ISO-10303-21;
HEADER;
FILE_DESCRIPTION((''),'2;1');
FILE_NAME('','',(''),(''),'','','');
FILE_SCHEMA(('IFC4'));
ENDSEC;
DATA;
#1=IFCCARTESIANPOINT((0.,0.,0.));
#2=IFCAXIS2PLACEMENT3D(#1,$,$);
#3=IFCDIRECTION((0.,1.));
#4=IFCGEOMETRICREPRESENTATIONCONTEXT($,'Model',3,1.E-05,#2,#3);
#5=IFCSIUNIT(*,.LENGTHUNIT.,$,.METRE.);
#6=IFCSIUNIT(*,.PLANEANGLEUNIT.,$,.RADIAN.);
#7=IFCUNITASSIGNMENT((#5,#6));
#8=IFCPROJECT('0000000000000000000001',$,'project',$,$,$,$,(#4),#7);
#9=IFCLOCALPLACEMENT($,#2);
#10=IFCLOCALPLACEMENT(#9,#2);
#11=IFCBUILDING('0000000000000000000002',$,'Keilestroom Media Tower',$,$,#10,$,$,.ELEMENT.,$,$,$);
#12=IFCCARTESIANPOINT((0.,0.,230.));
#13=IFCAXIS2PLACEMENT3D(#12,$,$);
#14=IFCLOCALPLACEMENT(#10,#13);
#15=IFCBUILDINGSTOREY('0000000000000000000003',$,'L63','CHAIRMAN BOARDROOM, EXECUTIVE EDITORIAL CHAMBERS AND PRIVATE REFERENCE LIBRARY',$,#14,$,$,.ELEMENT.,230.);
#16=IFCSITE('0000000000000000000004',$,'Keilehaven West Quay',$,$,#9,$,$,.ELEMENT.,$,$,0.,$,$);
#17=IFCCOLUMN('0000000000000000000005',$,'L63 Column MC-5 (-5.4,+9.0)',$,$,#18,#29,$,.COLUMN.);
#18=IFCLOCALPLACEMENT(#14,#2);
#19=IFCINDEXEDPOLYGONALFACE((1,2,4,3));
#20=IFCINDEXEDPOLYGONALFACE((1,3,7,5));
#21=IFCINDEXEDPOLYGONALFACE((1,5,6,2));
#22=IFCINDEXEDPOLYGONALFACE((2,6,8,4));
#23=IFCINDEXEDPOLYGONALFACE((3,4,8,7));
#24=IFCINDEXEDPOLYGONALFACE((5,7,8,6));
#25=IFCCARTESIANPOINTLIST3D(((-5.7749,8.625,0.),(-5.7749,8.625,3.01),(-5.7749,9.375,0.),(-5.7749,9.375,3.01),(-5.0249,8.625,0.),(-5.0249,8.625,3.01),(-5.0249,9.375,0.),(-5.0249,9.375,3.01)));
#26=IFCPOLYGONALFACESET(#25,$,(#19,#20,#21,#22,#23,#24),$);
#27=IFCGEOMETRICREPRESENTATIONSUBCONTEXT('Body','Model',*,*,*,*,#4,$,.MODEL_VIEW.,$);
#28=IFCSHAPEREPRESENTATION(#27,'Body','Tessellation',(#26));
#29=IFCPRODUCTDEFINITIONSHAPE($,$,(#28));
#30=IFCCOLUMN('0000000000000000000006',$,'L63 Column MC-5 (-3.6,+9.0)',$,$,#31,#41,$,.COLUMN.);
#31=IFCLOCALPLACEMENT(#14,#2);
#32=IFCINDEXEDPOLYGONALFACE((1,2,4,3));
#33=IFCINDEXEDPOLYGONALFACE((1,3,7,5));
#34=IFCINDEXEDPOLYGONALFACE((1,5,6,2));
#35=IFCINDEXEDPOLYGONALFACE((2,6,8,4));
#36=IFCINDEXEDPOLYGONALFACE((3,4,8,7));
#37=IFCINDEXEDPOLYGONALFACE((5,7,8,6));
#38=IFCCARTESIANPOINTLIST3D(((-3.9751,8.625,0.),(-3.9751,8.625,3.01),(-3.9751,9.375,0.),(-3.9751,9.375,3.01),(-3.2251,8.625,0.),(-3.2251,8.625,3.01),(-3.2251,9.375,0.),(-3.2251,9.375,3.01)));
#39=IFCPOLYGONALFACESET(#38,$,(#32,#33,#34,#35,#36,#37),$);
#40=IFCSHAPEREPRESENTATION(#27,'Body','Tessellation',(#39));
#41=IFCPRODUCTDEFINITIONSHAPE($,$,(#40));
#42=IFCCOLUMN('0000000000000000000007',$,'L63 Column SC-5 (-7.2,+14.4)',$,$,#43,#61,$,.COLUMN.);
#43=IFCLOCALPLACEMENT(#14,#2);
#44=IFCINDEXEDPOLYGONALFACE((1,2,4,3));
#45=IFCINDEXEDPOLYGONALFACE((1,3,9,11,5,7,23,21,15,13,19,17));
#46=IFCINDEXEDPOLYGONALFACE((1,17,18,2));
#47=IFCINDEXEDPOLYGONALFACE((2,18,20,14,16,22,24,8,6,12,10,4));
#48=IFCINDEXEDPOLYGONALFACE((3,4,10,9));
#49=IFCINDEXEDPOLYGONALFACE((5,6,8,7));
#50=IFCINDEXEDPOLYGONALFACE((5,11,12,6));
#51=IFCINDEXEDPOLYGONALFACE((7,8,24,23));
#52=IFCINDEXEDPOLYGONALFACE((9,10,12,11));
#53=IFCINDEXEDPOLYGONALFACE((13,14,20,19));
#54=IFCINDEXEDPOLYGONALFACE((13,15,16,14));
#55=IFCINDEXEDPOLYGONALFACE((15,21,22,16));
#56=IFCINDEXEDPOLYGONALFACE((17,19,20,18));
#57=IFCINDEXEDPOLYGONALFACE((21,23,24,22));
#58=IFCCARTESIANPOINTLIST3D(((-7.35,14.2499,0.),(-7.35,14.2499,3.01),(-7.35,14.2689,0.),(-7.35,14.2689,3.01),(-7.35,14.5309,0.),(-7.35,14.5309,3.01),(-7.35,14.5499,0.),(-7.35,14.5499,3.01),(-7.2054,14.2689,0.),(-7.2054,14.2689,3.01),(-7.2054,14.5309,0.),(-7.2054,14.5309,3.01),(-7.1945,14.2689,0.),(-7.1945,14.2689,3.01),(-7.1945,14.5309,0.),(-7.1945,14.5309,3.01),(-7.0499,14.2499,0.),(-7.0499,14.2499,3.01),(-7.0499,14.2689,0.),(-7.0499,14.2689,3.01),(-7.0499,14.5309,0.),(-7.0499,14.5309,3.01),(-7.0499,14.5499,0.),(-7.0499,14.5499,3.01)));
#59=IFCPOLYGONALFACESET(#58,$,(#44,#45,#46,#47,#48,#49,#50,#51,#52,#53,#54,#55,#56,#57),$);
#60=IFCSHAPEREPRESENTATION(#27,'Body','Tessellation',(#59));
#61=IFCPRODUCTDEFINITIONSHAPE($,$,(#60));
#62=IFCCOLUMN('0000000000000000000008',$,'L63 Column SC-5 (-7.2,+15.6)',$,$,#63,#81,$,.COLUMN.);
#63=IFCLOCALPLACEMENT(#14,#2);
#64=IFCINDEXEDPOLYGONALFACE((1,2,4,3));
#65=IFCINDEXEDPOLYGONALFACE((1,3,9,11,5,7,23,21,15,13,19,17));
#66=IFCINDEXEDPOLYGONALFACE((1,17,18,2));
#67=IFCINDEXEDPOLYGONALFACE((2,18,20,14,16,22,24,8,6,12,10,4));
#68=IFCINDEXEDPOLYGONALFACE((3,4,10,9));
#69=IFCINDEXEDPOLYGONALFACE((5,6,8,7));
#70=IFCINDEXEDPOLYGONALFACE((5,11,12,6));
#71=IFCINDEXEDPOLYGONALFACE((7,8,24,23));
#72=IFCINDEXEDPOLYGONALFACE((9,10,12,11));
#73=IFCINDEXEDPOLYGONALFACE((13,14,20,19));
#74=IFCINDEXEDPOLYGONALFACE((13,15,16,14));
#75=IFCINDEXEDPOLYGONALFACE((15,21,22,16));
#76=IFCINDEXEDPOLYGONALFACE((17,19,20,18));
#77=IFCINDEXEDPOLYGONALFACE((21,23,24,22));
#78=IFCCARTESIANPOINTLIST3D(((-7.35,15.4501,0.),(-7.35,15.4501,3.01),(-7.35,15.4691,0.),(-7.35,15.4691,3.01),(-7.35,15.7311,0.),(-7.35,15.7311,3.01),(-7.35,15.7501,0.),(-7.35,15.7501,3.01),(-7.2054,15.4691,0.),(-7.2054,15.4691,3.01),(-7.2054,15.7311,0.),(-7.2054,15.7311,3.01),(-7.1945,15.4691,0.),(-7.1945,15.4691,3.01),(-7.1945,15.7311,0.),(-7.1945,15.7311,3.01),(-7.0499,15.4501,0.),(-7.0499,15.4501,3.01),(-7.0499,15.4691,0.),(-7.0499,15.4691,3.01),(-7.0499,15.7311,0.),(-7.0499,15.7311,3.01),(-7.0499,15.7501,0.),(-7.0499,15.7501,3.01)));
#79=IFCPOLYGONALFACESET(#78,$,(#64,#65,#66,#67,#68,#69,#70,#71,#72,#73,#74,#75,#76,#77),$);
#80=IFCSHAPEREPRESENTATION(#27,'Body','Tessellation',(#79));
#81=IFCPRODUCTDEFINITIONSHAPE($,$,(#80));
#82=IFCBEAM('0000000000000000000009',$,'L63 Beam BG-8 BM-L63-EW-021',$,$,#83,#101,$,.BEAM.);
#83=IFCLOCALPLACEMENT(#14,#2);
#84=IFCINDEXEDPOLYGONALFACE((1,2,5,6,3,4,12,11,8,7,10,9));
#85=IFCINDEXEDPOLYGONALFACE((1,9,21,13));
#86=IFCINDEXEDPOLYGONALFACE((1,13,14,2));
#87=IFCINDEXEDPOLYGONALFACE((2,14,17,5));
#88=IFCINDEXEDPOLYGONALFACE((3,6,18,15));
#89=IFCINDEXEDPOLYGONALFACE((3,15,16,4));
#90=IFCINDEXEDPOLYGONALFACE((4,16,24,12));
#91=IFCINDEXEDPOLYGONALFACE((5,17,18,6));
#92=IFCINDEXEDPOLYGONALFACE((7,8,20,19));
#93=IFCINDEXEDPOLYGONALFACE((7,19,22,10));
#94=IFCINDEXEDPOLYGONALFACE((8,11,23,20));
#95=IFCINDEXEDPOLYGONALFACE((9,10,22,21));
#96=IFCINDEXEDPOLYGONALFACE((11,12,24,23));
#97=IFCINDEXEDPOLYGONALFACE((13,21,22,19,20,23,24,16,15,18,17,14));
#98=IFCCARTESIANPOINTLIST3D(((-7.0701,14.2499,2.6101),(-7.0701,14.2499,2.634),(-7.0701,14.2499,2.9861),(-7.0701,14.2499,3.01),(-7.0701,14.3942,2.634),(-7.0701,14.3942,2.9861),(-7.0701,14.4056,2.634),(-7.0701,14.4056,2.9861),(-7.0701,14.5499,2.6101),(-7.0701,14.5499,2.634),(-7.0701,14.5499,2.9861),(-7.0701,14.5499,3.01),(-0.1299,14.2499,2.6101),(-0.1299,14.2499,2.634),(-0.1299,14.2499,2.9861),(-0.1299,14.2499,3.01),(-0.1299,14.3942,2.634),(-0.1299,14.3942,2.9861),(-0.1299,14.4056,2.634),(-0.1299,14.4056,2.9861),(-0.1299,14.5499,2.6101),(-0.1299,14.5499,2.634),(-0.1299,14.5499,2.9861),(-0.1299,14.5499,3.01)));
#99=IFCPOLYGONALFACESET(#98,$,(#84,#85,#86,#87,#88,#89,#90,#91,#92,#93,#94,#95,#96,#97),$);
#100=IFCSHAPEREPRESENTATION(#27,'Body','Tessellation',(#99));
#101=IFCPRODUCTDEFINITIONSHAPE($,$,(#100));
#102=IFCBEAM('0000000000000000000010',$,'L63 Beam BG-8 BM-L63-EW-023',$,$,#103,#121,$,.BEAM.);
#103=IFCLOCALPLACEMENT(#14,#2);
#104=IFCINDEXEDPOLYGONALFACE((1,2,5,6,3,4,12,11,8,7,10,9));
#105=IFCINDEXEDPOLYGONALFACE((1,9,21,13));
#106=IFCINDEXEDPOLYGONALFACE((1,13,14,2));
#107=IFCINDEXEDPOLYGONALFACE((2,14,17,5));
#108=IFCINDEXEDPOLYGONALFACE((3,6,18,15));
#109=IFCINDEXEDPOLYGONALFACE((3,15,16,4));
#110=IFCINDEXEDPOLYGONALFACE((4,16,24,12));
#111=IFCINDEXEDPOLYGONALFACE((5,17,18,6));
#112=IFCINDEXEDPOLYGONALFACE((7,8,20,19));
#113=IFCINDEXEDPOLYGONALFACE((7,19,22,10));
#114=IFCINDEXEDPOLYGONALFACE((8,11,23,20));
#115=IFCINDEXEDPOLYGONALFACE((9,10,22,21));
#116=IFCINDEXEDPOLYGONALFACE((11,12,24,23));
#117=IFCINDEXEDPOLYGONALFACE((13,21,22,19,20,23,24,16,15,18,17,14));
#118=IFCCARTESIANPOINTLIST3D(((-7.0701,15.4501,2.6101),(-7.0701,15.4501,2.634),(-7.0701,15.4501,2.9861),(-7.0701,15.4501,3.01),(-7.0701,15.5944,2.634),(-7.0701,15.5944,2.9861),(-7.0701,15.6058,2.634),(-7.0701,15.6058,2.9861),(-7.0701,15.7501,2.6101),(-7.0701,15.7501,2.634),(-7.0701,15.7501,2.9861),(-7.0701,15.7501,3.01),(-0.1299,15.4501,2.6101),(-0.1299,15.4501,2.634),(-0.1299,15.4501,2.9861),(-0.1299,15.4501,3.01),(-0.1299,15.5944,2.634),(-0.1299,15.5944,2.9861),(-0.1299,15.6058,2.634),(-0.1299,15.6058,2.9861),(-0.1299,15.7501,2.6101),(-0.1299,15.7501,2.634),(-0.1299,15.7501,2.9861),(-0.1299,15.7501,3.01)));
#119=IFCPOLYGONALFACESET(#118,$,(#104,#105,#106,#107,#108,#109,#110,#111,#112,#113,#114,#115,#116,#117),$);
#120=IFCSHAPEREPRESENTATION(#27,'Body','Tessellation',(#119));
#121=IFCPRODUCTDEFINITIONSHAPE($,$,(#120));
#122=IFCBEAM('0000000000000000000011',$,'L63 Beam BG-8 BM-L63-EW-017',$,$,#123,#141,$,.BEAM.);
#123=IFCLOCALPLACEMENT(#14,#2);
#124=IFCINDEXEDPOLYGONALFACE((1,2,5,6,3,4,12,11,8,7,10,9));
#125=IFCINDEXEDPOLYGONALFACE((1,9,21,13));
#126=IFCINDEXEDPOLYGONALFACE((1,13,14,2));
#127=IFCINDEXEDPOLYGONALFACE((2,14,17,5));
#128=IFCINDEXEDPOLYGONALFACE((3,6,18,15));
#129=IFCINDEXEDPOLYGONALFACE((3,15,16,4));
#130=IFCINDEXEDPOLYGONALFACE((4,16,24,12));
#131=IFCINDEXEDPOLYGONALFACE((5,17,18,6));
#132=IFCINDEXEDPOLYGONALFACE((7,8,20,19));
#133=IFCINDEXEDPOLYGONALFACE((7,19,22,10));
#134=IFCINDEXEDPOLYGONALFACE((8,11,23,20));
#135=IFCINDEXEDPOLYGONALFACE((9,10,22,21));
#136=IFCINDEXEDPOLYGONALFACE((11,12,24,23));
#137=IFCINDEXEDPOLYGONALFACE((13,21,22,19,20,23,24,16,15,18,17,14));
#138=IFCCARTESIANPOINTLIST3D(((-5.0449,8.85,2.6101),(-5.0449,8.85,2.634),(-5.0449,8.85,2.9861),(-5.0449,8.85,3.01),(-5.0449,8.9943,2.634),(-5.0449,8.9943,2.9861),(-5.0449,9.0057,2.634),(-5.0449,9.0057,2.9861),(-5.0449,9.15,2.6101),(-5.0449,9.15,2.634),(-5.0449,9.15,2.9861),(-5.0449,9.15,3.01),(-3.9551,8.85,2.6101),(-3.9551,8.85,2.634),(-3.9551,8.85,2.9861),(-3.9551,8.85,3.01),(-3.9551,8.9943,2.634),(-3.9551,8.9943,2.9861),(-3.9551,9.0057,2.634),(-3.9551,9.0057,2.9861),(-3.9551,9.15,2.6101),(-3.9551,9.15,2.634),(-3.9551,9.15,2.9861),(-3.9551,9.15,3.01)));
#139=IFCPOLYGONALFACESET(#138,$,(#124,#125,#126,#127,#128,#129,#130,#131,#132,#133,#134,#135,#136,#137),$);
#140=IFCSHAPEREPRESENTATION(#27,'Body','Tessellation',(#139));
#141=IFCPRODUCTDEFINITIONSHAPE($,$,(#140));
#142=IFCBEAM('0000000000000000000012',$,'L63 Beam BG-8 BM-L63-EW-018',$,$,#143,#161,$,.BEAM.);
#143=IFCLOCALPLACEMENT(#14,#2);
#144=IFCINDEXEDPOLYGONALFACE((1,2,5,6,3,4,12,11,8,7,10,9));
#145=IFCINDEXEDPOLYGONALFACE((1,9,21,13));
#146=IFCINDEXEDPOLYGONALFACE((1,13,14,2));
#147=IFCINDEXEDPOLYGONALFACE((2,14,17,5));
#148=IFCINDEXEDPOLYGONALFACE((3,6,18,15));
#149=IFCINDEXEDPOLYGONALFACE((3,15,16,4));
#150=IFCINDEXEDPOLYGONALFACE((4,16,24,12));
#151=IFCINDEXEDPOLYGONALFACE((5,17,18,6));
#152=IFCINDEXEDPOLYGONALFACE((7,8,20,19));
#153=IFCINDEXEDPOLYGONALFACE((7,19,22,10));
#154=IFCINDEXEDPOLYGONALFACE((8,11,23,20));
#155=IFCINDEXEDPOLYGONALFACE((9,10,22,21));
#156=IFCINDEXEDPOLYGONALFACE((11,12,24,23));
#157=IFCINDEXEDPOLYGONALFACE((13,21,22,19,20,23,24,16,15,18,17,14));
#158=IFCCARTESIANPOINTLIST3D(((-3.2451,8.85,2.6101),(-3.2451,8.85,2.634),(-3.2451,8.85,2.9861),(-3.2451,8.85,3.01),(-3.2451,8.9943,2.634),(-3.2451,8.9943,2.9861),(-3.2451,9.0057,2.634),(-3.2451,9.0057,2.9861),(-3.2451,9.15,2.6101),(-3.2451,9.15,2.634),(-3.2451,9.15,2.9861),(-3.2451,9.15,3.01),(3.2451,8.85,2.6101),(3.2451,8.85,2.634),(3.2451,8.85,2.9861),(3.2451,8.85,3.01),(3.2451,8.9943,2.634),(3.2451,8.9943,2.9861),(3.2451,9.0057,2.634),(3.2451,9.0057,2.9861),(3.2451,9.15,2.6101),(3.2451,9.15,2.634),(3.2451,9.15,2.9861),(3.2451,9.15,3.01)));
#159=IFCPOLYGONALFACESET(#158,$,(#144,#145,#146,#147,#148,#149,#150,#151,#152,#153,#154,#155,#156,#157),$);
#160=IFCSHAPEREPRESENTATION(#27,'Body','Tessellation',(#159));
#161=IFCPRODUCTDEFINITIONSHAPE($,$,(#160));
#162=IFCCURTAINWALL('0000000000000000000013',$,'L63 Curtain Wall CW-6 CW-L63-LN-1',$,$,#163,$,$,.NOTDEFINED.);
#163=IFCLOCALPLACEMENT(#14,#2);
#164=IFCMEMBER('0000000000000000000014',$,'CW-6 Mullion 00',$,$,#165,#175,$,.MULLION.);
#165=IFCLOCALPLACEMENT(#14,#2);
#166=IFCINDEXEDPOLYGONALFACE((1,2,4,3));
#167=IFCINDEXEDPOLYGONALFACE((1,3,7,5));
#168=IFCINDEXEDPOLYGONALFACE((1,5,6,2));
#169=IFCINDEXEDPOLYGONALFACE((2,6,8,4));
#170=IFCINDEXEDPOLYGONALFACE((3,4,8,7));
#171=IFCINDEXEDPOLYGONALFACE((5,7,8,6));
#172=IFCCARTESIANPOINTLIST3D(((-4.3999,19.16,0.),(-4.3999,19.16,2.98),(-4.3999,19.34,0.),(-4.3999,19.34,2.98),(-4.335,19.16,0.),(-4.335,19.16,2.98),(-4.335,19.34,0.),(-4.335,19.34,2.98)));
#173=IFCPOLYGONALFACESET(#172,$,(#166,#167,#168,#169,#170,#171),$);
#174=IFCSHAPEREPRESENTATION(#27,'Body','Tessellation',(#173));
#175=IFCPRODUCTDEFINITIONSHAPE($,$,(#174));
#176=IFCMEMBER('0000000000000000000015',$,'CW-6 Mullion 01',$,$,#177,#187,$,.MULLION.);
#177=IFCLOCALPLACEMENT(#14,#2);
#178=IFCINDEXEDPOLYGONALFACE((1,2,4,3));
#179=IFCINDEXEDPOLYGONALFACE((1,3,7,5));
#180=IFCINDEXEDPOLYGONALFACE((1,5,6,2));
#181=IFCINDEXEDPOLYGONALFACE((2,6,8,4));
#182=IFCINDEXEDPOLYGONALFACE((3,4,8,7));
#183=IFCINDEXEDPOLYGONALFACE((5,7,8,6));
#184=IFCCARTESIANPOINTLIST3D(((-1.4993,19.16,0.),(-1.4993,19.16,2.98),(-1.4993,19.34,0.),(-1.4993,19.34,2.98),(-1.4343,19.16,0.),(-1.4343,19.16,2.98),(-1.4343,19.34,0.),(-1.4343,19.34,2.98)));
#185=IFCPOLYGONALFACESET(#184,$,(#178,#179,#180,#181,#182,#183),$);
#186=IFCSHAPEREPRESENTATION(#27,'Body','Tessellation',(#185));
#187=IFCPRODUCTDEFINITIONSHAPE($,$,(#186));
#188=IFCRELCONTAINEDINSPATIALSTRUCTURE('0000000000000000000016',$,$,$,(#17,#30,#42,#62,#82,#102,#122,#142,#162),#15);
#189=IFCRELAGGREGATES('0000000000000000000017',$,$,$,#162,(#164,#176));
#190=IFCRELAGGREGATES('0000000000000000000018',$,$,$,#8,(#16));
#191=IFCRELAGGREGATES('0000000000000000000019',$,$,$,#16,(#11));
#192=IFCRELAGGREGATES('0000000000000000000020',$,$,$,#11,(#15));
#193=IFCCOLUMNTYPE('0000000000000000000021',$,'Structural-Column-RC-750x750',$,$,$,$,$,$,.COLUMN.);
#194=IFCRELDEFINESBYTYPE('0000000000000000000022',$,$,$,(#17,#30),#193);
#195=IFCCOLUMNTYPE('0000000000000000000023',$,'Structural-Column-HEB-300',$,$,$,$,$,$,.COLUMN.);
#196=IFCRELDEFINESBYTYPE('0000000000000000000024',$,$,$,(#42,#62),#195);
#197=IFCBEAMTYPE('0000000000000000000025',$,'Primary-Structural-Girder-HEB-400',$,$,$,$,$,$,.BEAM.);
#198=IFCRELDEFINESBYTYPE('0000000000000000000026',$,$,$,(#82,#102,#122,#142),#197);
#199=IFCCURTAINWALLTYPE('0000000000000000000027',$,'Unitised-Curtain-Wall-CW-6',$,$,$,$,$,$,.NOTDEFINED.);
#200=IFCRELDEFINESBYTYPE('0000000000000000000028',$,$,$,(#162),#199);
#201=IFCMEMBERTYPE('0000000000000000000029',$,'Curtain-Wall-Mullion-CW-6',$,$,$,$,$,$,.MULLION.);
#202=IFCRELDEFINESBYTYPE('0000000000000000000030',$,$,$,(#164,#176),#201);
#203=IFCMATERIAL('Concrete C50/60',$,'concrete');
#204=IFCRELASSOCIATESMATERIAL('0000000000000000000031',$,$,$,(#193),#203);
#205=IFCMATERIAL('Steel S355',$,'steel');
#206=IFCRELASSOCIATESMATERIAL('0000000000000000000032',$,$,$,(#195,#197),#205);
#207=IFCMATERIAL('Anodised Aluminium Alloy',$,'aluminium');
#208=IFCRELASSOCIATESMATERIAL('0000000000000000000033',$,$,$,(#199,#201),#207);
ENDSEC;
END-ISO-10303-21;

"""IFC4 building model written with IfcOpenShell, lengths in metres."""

from ifc_helpers import new_model, si_unit, direction, frame, origin, origin_2d, place, context, subcontext, project, spatial, rectangle, i_section, extrude, source, transform, mapped, material, material_profile, profile_set, type_object, element, aggregate, save


model = new_model("IFC4")

# Units and contexts
model_context = context("Model", 3, precision=1e-05, world=origin(), true_north=direction((0.0, 1.0)))
body_context = subcontext(model_context, "Body", "Model", "MODEL_VIEW")
ifc_project = project(units=[si_unit("LENGTHUNIT", "METRE"), si_unit("PLANEANGLEUNIT", "RADIAN")], contexts=[model_context])

# Site, building, storey
site_placement = place(None, origin())
site = spatial("IfcSite", under=ifc_project, at=site_placement, Name="Keilehaven West Quay", CompositionType="ELEMENT", RefElevation=0.0)
building_placement = place(site_placement, origin())
building = spatial("IfcBuilding", under=site, at=building_placement, Name="Keilestroom Media Tower", CompositionType="ELEMENT")
storey_placement = place(building_placement, frame((0.0, 0.0, 230.0)))
storey = spatial("IfcBuildingStorey", under=building, at=storey_placement, Name="L63", Description="CHAIRMAN BOARDROOM, EXECUTIVE EDITORIAL CHAMBERS AND PRIVATE REFERENCE LIBRARY", CompositionType="ELEMENT", Elevation=230.0)

# Columns
ifc_material_1 = material(Name="Concrete C50/60", Category="concrete")
ifc_material_profile_1 = material_profile(ifc_material_1, rectangle(XDim=0.75, YDim=0.75, at=origin_2d()), Name="RC 750x750")
ifc_profile_set_1 = profile_set([ifc_material_profile_1], Name="Concrete C50/60")
column_type_1 = type_object("IfcColumnType", Name="Structural-Column-RC-750x750", PredefinedType="COLUMN", material=ifc_profile_set_1)
shared_shape_1 = source(origin(), body_context, "Body", "SweptSolid", [
    extrude(rectangle(XDim=0.75, YDim=0.75, at=origin_2d()), origin(), (0.0, 0.0, 1.0), 3.01),
])
for number, where, z_axis, x_axis, name in (
    (1, (-5.3999, 9.0, 0.0), (0.0, 0.0, 1.0), (1.0, 0.0, 0.0), "L63 Column MC-5 (-5.4,+9.0)"),
    (2, (-3.6001, 9.0, 0.0), (0.0, 0.0, 1.0), (1.0, 0.0, 0.0), "L63 Column MC-5 (-3.6,+9.0)"),
):
    element("IfcColumn", number, at=place(storey_placement, frame(where, z_axis=z_axis, x_axis=x_axis)), inside=storey, type_object=column_type_1, Name=name, PredefinedType="COLUMN", context=body_context, shape_type="MappedRepresentation", body=[
        mapped(shared_shape_1, transform((0.0, 0.0, 0.0), x_axis=(1.0, 0.0, 0.0), y_axis=(0.0, 1.0, 0.0), z_axis=(0.0, 0.0, 1.0), scale=1.0)),
    ])
ifc_material_2 = material(Name="Steel S355", Category="steel")
ifc_material_profile_2 = material_profile(ifc_material_2, i_section(OverallWidth=0.3, OverallDepth=0.3, WebThickness=0.011, FlangeThickness=0.019, at=origin_2d()), Name="HEB 300")
ifc_profile_set_2 = profile_set([ifc_material_profile_2], Name="Steel S355")
column_type_2 = type_object("IfcColumnType", Name="Structural-Column-HEB-300", PredefinedType="COLUMN", material=ifc_profile_set_2)
shared_shape_2 = source(origin(), body_context, "Body", "SweptSolid", [
    extrude(i_section(OverallWidth=0.3, OverallDepth=0.3, WebThickness=0.011, FlangeThickness=0.019, at=origin_2d()), origin(), (0.0, 0.0, 1.0), 3.01),
])
for number, where, z_axis, x_axis, name in (
    (3, (-7.2, 14.3999, 0.0), (0.0, 0.0, 1.0), (1.0, 0.0, 0.0), "L63 Column SC-5 (-7.2,+14.4)"),
    (4, (-7.2, 15.6001, 0.0), (0.0, 0.0, 1.0), (1.0, 0.0, 0.0), "L63 Column SC-5 (-7.2,+15.6)"),
):
    element("IfcColumn", number, at=place(storey_placement, frame(where, z_axis=z_axis, x_axis=x_axis)), inside=storey, type_object=column_type_2, Name=name, PredefinedType="COLUMN", context=body_context, shape_type="MappedRepresentation", body=[
        mapped(shared_shape_2, transform((0.0, 0.0, 0.0), x_axis=(1.0, 0.0, 0.0), y_axis=(0.0, 1.0, 0.0), z_axis=(0.0, 0.0, 1.0), scale=1.0)),
    ])

# Beams
ifc_material_profile_3 = material_profile(ifc_material_2, i_section(OverallWidth=0.3, OverallDepth=0.3999, WebThickness=0.0115, FlangeThickness=0.0239, at=origin_2d()), Name="HEB 400")
ifc_profile_set_3 = profile_set([ifc_material_profile_3], Name="Steel S355")
beam_type = type_object("IfcBeamType", Name="Primary-Structural-Girder-HEB-400", PredefinedType="BEAM", material=ifc_profile_set_3)
shared_shape_3 = source(origin(), body_context, "Body", "SweptSolid", [
    extrude(i_section(OverallWidth=0.3, OverallDepth=0.3999, WebThickness=0.0115, FlangeThickness=0.0239, at=origin_2d()), origin(), (0.0, 0.0, 1.0), 6.9402),
])
for number, where, z_axis, x_axis, name in (
    (5, (-7.0701, 14.3999, 2.8101), (1.0, 0.0, 0.0), (0.0, 1.0, 0.0), "L63 Beam BG-8 BM-L63-EW-021"),
    (6, (-7.0701, 15.6001, 2.8101), (1.0, 0.0, 0.0), (0.0, 1.0, 0.0), "L63 Beam BG-8 BM-L63-EW-023"),
):
    element("IfcBeam", number, at=place(storey_placement, frame(where, z_axis=z_axis, x_axis=x_axis)), inside=storey, type_object=beam_type, Name=name, PredefinedType="BEAM", context=body_context, shape_type="MappedRepresentation", body=[
        mapped(shared_shape_3, transform((0.0, 0.0, 0.0), x_axis=(1.0, 0.0, 0.0), y_axis=(0.0, 1.0, 0.0), z_axis=(0.0, 0.0, 1.0), scale=1.0)),
    ])
shared_shape_4 = source(origin(), body_context, "Body", "SweptSolid", [
    extrude(i_section(OverallWidth=0.3, OverallDepth=0.3999, WebThickness=0.0115, FlangeThickness=0.0239, at=origin_2d()), origin(), (0.0, 0.0, 1.0), 1.0898),
])
beam_1_placement = place(storey_placement, frame((-5.0449, 9.0, 2.8101), z_axis=(1.0, 0.0, 0.0), x_axis=(0.0, 1.0, 0.0)))
element("IfcBeam", 7, at=beam_1_placement, inside=storey, type_object=beam_type, Name="L63 Beam BG-8 BM-L63-EW-017", PredefinedType="BEAM", context=body_context, shape_type="MappedRepresentation", body=[
    mapped(shared_shape_4, transform((0.0, 0.0, 0.0), x_axis=(1.0, 0.0, 0.0), y_axis=(0.0, 1.0, 0.0), z_axis=(0.0, 0.0, 1.0), scale=1.0)),
])
shared_shape_5 = source(origin(), body_context, "Body", "SweptSolid", [
    extrude(i_section(OverallWidth=0.3, OverallDepth=0.3999, WebThickness=0.0115, FlangeThickness=0.0239, at=origin_2d()), origin(), (0.0, 0.0, 1.0), 6.4902),
])
beam_2_placement = place(storey_placement, frame((-3.2451, 9.0, 2.8101), z_axis=(1.0, 0.0, 0.0), x_axis=(0.0, 1.0, 0.0)))
element("IfcBeam", 8, at=beam_2_placement, inside=storey, type_object=beam_type, Name="L63 Beam BG-8 BM-L63-EW-018", PredefinedType="BEAM", context=body_context, shape_type="MappedRepresentation", body=[
    mapped(shared_shape_5, transform((0.0, 0.0, 0.0), x_axis=(1.0, 0.0, 0.0), y_axis=(0.0, 1.0, 0.0), z_axis=(0.0, 0.0, 1.0), scale=1.0)),
])

# Curtain wall, members
ifc_material_3 = material(Name="Anodised Aluminium Alloy", Category="aluminium")
curtain_wall_type = type_object("IfcCurtainWallType", Name="Unitised-Curtain-Wall-CW-6", PredefinedType="NOTDEFINED", material=ifc_material_3)
curtain_wall_placement = place(storey_placement, origin())
curtain_wall = element("IfcCurtainWall", 9, at=curtain_wall_placement, inside=storey, type_object=curtain_wall_type, Name="L63 Curtain Wall CW-6 CW-L63-LN-1", PredefinedType="NOTDEFINED")
ifc_material_profile_4 = material_profile(ifc_material_3, rectangle(XDim=0.0649, YDim=0.1799, at=origin_2d()), Name="ALU MULLION 65x180")
ifc_profile_set_4 = profile_set([ifc_material_profile_4], Name="Anodised Aluminium Alloy")
member_type_1 = type_object("IfcMemberType", Name="Curtain-Wall-Mullion-CW-6", PredefinedType="MULLION", material=ifc_profile_set_4)
shared_shape_6 = source(origin(), body_context, "Body", "SweptSolid", [
    extrude(rectangle(XDim=0.0649, YDim=0.1799, at=origin_2d()), origin(), (0.0, 0.0, 1.0), 2.98),
])
member_1_placement = place(storey_placement, frame((-4.3674, 19.25, 0.0), z_axis=(0.0, 0.0, 1.0), x_axis=(1.0, 0.0, 0.0)))
member_1 = element("IfcMember", 10, at=member_1_placement, type_object=member_type_1, Name="CW-6 Mullion 00", PredefinedType="MULLION", context=body_context, shape_type="MappedRepresentation", body=[
    mapped(shared_shape_6, transform((0.0, 0.0, 0.0), x_axis=(1.0, 0.0, 0.0), y_axis=(0.0, 1.0, 0.0), z_axis=(0.0, 0.0, 1.0), scale=1.0)),
])
member_2_placement = place(storey_placement, frame((-1.4668, 19.25, 0.0), z_axis=(0.0, 0.0, 1.0), x_axis=(1.0, 0.0, 0.0)))
member_2 = element("IfcMember", 11, at=member_2_placement, type_object=member_type_1, Name="CW-6 Mullion 01", PredefinedType="MULLION", context=body_context, shape_type="MappedRepresentation", body=[
    mapped(shared_shape_6, transform((0.0, 0.0, 0.0), x_axis=(1.0, 0.0, 0.0), y_axis=(0.0, 1.0, 0.0), z_axis=(0.0, 0.0, 1.0), scale=1.0)),
])
aggregate(curtain_wall, [member_1, member_2])

save(model, "model.ifc")
